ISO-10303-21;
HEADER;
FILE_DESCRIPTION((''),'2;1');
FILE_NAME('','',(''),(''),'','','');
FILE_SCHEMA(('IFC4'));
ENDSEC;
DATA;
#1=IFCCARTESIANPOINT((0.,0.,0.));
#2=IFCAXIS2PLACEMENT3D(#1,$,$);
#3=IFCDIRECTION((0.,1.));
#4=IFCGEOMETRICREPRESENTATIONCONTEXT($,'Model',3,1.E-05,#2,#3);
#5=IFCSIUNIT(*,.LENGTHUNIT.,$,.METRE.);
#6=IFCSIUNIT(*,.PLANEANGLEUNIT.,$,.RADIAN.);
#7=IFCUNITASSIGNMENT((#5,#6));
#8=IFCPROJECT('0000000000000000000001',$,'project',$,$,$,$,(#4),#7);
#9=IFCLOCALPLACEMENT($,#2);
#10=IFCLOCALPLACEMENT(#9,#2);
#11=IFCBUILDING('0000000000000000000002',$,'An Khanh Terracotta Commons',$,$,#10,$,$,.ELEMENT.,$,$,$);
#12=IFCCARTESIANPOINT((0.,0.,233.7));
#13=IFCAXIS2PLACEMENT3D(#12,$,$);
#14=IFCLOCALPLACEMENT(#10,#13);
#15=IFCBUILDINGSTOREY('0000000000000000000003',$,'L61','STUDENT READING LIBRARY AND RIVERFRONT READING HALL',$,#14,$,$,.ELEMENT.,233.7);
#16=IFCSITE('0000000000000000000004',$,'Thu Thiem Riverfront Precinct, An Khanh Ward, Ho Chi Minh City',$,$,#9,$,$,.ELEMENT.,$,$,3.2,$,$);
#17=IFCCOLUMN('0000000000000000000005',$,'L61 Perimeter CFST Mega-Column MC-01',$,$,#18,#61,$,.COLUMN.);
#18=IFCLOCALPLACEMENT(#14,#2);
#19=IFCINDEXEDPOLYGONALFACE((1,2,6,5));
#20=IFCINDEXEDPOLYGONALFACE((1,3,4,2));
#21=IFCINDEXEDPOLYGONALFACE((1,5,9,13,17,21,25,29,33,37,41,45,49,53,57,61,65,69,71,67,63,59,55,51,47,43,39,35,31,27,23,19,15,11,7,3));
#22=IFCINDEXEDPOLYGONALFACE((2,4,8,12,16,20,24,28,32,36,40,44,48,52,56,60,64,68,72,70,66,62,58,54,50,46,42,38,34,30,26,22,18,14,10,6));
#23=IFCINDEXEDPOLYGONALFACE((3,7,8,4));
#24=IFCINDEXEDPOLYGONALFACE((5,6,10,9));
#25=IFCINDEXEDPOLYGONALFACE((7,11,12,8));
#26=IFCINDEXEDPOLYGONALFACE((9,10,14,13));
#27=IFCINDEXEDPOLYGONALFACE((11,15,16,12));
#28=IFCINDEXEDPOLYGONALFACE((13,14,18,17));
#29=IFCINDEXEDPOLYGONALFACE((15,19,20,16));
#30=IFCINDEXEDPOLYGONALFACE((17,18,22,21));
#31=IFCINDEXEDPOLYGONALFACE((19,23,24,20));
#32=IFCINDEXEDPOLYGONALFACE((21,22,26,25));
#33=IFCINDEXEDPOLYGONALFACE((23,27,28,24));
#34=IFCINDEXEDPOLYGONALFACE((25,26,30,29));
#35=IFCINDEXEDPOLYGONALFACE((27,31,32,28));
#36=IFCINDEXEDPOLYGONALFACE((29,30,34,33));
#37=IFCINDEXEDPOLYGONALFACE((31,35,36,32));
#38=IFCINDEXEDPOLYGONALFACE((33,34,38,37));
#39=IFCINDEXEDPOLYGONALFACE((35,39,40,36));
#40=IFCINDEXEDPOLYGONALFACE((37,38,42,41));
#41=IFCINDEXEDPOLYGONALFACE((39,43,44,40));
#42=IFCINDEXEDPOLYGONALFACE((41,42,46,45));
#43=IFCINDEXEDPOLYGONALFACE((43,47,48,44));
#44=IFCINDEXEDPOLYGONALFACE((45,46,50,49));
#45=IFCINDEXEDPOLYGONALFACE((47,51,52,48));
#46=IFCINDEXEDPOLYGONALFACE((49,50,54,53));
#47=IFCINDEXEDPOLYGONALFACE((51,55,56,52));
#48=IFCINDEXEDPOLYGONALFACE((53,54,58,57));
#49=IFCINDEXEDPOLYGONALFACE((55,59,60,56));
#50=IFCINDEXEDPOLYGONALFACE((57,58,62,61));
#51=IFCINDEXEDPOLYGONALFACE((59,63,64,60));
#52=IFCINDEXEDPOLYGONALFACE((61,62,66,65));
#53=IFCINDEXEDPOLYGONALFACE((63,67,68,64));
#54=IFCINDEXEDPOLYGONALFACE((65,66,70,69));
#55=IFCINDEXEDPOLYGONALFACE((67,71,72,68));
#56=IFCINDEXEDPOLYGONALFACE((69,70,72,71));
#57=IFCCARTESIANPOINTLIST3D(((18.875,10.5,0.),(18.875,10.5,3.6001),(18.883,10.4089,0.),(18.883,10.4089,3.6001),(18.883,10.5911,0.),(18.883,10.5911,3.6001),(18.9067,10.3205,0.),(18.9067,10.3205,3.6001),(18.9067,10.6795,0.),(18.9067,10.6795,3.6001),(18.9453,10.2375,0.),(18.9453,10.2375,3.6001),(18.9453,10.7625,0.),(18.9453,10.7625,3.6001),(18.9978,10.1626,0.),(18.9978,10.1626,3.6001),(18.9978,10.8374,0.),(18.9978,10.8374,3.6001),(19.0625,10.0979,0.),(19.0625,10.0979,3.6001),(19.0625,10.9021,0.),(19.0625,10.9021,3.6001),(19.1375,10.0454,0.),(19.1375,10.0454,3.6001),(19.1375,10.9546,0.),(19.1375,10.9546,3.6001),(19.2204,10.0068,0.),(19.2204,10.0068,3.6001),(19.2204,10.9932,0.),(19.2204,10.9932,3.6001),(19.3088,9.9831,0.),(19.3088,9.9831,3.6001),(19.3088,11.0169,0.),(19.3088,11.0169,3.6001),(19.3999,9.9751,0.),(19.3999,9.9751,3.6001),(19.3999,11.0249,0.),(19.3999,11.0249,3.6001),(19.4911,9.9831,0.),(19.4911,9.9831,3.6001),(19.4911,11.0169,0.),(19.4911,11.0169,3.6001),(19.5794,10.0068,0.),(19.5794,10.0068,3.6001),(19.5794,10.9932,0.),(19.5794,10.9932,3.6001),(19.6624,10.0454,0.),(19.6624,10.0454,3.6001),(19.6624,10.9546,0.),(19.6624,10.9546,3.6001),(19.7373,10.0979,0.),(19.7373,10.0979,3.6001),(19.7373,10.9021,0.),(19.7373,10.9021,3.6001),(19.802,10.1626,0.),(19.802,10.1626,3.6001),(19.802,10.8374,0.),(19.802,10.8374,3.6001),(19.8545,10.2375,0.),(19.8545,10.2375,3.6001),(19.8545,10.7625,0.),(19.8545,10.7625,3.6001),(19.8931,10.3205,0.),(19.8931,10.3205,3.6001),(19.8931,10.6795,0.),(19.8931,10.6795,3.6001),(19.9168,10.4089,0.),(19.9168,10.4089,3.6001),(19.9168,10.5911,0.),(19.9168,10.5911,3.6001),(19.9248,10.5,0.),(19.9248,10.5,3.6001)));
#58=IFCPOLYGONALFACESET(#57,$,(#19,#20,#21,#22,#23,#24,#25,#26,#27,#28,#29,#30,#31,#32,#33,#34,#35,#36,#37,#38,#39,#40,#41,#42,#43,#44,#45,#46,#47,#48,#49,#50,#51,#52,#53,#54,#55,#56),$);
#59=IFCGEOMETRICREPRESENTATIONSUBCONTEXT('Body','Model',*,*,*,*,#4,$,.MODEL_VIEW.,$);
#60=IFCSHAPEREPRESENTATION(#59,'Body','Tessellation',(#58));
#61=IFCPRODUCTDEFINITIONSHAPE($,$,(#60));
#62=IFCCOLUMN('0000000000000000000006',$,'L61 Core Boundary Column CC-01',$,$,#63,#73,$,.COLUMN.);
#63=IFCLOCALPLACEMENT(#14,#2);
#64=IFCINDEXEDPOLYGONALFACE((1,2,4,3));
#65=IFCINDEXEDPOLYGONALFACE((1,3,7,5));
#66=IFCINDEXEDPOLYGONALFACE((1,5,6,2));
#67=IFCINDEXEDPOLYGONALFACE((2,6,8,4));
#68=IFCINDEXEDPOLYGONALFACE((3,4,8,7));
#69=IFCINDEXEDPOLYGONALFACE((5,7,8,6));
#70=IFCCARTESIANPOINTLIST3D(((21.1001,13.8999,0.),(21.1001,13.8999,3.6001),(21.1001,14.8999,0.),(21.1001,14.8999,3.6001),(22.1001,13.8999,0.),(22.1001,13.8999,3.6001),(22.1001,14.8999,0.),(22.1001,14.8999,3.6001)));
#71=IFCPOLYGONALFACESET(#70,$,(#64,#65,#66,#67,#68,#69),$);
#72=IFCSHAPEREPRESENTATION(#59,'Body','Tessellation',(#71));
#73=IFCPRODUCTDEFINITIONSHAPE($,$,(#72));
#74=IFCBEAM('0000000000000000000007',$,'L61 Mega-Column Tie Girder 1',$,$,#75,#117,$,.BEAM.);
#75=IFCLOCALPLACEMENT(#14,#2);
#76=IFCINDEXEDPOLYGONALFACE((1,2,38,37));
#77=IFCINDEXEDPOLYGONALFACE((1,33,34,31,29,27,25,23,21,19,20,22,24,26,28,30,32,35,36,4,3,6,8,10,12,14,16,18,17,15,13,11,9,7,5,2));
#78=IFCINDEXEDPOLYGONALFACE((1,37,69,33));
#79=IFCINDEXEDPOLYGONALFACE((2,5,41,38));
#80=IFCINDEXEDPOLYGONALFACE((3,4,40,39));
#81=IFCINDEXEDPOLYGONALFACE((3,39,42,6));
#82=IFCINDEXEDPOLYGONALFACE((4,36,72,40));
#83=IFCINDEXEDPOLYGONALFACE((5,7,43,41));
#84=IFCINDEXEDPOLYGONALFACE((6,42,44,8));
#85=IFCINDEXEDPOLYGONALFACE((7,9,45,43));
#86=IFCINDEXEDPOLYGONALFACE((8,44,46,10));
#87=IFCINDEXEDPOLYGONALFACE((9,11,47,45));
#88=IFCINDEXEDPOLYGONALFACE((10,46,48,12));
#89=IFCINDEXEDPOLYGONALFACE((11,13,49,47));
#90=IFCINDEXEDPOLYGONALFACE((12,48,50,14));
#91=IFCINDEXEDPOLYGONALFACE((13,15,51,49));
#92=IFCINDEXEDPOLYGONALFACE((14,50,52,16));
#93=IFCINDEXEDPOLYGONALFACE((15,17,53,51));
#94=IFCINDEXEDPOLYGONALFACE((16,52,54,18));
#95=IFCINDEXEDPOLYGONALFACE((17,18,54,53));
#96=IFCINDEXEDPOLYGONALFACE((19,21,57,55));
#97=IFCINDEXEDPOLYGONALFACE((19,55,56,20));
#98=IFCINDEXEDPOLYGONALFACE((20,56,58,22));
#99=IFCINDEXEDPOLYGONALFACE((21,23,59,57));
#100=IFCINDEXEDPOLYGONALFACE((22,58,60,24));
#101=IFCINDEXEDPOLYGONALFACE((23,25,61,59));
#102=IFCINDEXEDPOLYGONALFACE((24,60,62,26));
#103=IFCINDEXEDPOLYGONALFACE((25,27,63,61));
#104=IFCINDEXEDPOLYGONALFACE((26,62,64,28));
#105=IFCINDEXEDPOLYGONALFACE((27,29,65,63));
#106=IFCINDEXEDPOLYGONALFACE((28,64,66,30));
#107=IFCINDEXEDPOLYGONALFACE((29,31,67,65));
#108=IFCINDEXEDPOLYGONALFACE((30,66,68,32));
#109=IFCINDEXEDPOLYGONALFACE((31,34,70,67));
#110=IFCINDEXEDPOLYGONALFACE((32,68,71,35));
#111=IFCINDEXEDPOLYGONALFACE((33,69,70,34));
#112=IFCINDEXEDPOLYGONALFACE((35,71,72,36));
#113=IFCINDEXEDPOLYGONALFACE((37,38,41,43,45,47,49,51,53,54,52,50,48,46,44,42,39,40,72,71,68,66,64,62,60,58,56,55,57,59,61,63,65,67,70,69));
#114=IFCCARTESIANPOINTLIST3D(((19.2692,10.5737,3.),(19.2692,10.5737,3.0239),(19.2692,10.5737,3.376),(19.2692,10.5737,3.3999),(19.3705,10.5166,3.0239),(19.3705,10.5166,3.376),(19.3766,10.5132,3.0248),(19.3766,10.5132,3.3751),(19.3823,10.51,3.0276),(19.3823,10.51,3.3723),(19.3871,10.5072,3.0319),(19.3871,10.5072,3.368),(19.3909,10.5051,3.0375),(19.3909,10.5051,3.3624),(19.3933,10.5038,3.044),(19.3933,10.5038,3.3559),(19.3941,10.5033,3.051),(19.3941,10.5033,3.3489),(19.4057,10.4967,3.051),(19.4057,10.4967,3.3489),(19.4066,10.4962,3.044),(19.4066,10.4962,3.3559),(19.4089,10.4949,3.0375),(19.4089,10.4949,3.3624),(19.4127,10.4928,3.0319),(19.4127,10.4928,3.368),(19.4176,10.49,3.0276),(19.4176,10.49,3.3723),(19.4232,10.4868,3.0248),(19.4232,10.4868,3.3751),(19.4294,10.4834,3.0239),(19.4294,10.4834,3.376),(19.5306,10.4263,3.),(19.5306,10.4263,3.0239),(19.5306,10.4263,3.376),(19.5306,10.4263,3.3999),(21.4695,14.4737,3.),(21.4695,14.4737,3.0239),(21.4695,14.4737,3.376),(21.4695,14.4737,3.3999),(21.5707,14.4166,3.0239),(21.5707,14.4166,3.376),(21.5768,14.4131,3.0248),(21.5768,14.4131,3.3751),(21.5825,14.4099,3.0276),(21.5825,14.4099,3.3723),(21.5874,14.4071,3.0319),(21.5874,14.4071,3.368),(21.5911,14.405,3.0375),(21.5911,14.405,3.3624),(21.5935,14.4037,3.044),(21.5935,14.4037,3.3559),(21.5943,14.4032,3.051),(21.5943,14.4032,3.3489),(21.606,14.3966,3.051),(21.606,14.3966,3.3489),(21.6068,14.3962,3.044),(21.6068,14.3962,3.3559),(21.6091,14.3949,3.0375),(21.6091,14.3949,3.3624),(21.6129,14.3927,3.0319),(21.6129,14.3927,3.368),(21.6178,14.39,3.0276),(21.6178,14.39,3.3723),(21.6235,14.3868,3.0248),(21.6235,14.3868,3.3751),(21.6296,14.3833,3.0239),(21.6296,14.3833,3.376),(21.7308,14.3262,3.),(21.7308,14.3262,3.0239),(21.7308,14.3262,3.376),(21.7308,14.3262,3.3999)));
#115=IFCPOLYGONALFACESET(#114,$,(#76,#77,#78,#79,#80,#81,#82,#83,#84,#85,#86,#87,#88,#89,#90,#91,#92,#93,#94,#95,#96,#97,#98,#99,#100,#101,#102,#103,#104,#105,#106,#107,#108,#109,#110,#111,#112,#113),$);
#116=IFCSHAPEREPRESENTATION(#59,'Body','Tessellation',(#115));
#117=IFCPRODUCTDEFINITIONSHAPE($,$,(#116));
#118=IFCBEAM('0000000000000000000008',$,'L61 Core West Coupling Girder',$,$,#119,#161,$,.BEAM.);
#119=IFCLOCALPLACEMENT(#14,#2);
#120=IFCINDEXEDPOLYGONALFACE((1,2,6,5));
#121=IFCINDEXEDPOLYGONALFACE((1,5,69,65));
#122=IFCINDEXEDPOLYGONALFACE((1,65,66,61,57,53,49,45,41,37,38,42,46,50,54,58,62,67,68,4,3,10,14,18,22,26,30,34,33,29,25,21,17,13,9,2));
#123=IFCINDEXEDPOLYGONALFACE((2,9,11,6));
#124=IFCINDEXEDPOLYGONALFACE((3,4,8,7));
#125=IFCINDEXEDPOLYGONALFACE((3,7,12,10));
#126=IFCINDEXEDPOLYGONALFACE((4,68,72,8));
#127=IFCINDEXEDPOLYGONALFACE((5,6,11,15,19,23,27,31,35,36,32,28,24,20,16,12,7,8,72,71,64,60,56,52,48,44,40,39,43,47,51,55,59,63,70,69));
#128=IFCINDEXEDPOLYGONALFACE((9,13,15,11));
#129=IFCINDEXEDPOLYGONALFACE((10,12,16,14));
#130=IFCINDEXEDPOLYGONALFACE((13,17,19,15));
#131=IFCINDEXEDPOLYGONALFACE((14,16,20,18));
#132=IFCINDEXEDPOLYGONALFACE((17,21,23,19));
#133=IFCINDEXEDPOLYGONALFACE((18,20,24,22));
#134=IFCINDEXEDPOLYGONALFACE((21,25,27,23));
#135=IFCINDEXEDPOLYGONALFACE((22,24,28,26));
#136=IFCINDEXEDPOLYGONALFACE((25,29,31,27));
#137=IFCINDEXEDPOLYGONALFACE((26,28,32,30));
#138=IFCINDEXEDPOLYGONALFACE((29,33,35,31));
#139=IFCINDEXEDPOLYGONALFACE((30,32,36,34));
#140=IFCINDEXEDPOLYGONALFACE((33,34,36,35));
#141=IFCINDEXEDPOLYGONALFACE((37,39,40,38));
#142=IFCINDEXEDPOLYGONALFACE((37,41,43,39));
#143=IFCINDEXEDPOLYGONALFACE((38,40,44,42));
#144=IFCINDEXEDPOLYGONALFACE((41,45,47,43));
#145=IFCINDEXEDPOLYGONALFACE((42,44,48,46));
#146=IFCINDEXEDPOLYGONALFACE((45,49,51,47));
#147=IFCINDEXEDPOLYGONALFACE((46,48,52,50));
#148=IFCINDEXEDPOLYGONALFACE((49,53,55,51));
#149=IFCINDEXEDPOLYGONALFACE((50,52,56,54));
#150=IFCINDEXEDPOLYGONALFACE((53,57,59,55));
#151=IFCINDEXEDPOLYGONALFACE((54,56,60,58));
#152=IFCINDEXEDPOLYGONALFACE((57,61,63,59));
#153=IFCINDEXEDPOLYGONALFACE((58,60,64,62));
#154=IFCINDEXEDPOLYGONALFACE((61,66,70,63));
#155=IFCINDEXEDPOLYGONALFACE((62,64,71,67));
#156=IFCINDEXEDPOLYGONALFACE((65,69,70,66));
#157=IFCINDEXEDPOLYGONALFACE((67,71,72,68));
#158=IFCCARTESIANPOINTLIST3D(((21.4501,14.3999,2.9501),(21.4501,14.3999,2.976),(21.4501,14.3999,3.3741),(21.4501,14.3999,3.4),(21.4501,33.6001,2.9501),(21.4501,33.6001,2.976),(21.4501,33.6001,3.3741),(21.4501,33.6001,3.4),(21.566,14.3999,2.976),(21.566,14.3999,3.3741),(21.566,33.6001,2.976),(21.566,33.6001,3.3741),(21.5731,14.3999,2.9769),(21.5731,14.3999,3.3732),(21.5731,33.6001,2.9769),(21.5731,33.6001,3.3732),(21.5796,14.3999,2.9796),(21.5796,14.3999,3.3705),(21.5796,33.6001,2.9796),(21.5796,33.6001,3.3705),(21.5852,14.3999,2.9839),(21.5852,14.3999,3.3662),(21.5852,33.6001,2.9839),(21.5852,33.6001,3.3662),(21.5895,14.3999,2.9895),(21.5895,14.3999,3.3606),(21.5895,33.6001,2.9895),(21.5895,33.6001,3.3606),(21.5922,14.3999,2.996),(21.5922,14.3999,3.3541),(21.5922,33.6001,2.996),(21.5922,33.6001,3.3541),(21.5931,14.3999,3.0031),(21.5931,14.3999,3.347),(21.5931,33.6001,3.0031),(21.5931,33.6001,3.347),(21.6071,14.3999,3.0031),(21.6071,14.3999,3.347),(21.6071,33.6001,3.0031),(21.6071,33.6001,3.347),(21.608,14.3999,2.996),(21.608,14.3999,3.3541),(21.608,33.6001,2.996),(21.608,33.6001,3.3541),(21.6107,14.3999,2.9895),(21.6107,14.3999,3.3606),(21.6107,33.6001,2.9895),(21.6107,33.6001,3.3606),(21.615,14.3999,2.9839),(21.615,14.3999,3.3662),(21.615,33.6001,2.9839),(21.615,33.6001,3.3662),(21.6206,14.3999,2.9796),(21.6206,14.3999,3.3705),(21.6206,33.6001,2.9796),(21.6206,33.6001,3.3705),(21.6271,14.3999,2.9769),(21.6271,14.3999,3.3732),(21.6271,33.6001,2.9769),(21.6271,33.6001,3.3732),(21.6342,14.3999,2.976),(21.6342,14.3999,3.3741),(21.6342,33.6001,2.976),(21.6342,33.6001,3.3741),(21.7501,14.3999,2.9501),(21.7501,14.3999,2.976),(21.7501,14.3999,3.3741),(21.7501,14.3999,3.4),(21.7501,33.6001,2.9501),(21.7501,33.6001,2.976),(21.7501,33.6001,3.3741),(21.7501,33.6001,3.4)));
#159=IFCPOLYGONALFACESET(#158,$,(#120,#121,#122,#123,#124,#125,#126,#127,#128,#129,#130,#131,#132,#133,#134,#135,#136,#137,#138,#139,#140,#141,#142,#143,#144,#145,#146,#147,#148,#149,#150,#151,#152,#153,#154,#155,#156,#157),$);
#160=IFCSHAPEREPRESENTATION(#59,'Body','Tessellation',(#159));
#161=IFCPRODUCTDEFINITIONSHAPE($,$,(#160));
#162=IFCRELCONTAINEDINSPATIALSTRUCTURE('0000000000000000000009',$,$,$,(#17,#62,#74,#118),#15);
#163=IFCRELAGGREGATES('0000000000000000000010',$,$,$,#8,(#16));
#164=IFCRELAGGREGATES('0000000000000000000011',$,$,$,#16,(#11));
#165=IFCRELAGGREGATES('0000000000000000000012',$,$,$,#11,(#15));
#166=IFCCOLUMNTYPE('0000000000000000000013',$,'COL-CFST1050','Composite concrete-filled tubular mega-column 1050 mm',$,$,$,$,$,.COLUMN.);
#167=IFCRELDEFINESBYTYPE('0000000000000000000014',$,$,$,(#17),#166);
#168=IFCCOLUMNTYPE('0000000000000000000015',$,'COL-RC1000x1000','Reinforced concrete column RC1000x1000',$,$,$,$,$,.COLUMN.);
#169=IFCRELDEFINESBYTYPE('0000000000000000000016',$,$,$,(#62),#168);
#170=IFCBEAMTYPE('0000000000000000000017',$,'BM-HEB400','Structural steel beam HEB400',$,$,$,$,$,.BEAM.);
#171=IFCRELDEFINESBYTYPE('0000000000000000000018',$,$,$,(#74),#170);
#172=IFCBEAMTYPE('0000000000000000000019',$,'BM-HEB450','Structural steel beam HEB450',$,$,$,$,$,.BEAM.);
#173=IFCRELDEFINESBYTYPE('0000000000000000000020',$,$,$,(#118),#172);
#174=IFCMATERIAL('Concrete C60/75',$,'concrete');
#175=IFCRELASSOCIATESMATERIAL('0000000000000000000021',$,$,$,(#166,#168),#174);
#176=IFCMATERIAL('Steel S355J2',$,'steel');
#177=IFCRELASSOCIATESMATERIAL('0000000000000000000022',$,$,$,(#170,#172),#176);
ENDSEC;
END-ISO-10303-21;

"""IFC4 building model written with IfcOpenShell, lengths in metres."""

from ifc_helpers import new_model, si_unit, direction, frame, origin, origin_2d, place, context, subcontext, project, spatial, rectangle, circle, i_section, extrude, material, material_profile, profile_set, type_object, element, save


model = new_model("IFC4")

# Units and contexts
model_context = context("Model", 3, precision=1e-05, world=origin(), true_north=direction((0.0, 1.0)))
body_context = subcontext(model_context, "Body", "Model", "MODEL_VIEW")
ifc_project = project(units=[si_unit("LENGTHUNIT", "METRE"), si_unit("PLANEANGLEUNIT", "RADIAN")], contexts=[model_context])

# Site, building, storey
site_placement = place(None, origin())
site = spatial("IfcSite", under=ifc_project, at=site_placement, Name="Thu Thiem Riverfront Precinct, An Khanh Ward, Ho Chi Minh City", CompositionType="ELEMENT", RefElevation=3.2)
building_placement = place(site_placement, origin())
building = spatial("IfcBuilding", under=site, at=building_placement, Name="An Khanh Terracotta Commons", CompositionType="ELEMENT")
storey_placement = place(building_placement, frame((0.0, 0.0, 233.7)))
storey = spatial("IfcBuildingStorey", under=building, at=storey_placement, Name="L61", Description="STUDENT READING LIBRARY AND RIVERFRONT READING HALL", CompositionType="ELEMENT", Elevation=233.7)

# Columns
ifc_material_1 = material(Name="Concrete C60/75", Category="concrete")
ifc_material_profile_1 = material_profile(ifc_material_1, circle(Radius=0.5249, at=origin_2d()), Name="CFST1050")
ifc_profile_set_1 = profile_set([ifc_material_profile_1], Name="Concrete C60/75")
column_type_1 = type_object("IfcColumnType", Name="COL-CFST1050", Description="Composite concrete-filled tubular mega-column 1050 mm", PredefinedType="COLUMN", material=ifc_profile_set_1)
column_1_placement = place(storey_placement, frame((19.3999, 10.5, 0.0), z_axis=(0.0, 0.0, 1.0), x_axis=(1.0, 0.0, 0.0)))
element("IfcColumn", 1, at=column_1_placement, inside=storey, type_object=column_type_1, Name="L61 Perimeter CFST Mega-Column MC-01", PredefinedType="COLUMN", context=body_context, shape_type="SweptSolid", body=[
    extrude(circle(Radius=0.5249, at=origin_2d()), origin(), (0.0, 0.0, 1.0), 3.6001),
])
ifc_material_profile_2 = material_profile(ifc_material_1, rectangle(XDim=1.0, YDim=1.0, at=origin_2d()), Name="RC1000x1000")
ifc_profile_set_2 = profile_set([ifc_material_profile_2], Name="Concrete C60/75")
column_type_2 = type_object("IfcColumnType", Name="COL-RC1000x1000", Description="Reinforced concrete column RC1000x1000", PredefinedType="COLUMN", material=ifc_profile_set_2)
column_2_placement = place(storey_placement, frame((21.6001, 14.3999, 0.0), z_axis=(0.0, 0.0, 1.0), x_axis=(1.0, 0.0, 0.0)))
element("IfcColumn", 2, at=column_2_placement, inside=storey, type_object=column_type_2, Name="L61 Core Boundary Column CC-01", PredefinedType="COLUMN", context=body_context, shape_type="SweptSolid", body=[
    extrude(rectangle(XDim=1.0, YDim=1.0, at=origin_2d()), origin(), (0.0, 0.0, 1.0), 3.6001),
])

# Beams
ifc_material_2 = material(Name="Steel S355J2", Category="steel")
ifc_material_profile_3 = material_profile(ifc_material_2, i_section(OverallWidth=0.3, OverallDepth=0.3999, WebThickness=0.0134, FlangeThickness=0.0239, FilletRadius=0.0271, at=origin_2d()), Name="HEB400")
ifc_profile_set_3 = profile_set([ifc_material_profile_3], Name="Steel S355J2")
beam_type_1 = type_object("IfcBeamType", Name="BM-HEB400", Description="Structural steel beam HEB400", PredefinedType="BEAM", material=ifc_profile_set_3)
beam_1_placement = place(storey_placement, frame((19.3999, 10.5, 3.2), z_axis=(0.491364, 0.870955, 0.0), x_axis=(-0.870955, 0.491364, 0.0)))
element("IfcBeam", 3, at=beam_1_placement, inside=storey, type_object=beam_type_1, Name="L61 Mega-Column Tie Girder 1", PredefinedType="BEAM", context=body_context, shape_type="SweptSolid", body=[
    extrude(i_section(OverallWidth=0.3, OverallDepth=0.3999, WebThickness=0.0134, FlangeThickness=0.0239, FilletRadius=0.0271, at=origin_2d()), origin(), (0.0, 0.0, 1.0), 4.4778),
])
ifc_material_profile_4 = material_profile(ifc_material_2, i_section(OverallWidth=0.3, OverallDepth=0.45, WebThickness=0.0139, FlangeThickness=0.0259, FilletRadius=0.0271, at=origin_2d()), Name="HEB450")
ifc_profile_set_4 = profile_set([ifc_material_profile_4], Name="Steel S355J2")
beam_type_2 = type_object("IfcBeamType", Name="BM-HEB450", Description="Structural steel beam HEB450", PredefinedType="BEAM", material=ifc_profile_set_4)
beam_2_placement = place(storey_placement, frame((21.6001, 14.3999, 3.175), z_axis=(0.0, 1.0, 0.0), x_axis=(-1.0, 0.0, 0.0)))
element("IfcBeam", 4, at=beam_2_placement, inside=storey, type_object=beam_type_2, Name="L61 Core West Coupling Girder", PredefinedType="BEAM", context=body_context, shape_type="SweptSolid", body=[
    extrude(i_section(OverallWidth=0.3, OverallDepth=0.45, WebThickness=0.0139, FlangeThickness=0.0259, FilletRadius=0.0271, at=origin_2d()), origin(), (0.0, 0.0, 1.0), 19.2002),
])

save(model, "model.ifc")
